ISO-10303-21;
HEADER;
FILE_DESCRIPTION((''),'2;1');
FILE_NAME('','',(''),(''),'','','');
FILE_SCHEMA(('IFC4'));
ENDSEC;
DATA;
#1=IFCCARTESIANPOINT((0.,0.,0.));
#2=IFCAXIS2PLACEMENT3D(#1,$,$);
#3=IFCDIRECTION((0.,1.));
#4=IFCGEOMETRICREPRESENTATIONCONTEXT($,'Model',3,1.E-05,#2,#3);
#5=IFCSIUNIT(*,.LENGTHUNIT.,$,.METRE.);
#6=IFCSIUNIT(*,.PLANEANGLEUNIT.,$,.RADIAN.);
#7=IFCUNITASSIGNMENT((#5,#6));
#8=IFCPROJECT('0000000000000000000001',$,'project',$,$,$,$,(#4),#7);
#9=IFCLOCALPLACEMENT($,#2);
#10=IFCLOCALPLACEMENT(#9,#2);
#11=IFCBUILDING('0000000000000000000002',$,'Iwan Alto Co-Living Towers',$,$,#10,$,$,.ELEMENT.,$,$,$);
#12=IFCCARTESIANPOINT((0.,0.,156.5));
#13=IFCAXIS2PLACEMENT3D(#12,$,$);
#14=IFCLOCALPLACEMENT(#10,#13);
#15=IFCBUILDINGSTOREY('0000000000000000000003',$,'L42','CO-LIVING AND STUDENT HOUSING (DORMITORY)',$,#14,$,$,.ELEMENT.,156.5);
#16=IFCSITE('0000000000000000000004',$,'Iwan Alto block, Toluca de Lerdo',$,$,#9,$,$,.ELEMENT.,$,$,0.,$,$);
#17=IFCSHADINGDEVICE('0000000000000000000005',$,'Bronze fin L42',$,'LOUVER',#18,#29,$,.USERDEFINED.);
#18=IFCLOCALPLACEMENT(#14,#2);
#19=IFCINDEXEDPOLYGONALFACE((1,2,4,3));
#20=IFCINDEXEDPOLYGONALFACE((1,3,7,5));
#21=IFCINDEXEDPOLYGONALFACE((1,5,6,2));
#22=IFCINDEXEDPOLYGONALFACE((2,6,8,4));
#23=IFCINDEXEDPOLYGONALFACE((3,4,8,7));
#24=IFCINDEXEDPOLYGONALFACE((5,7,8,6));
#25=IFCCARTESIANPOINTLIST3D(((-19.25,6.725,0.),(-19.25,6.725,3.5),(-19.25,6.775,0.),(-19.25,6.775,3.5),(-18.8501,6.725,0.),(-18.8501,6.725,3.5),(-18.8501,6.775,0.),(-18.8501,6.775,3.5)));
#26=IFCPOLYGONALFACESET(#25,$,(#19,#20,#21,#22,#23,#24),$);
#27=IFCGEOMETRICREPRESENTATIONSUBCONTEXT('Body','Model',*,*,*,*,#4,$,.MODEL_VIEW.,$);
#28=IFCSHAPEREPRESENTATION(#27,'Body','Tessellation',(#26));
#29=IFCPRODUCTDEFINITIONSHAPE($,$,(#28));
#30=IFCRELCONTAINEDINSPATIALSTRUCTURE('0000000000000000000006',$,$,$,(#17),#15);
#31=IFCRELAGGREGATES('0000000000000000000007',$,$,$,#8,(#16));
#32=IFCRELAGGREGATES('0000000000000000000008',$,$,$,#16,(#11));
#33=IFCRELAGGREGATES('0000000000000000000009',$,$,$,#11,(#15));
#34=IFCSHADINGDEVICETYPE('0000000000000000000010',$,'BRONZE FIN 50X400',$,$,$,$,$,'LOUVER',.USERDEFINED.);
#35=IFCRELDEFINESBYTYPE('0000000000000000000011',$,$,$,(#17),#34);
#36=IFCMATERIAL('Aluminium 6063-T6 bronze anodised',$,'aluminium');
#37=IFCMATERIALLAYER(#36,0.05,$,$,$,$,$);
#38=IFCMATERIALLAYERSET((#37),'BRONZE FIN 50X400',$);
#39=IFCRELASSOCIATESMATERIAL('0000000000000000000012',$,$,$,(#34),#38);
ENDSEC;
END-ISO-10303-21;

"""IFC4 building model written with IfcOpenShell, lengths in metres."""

from ifc_helpers import new_model, si_unit, direction, frame, origin, origin_2d, place, context, subcontext, project, spatial, rectangle, extrude, material, layer, layer_set, type_object, element, save


model = new_model("IFC4")

# Units and contexts
model_context = context("Model", 3, precision=1e-05, world=origin(), true_north=direction((0.0, 1.0)))
body_context = subcontext(model_context, "Body", "Model", "MODEL_VIEW")
ifc_project = project(units=[si_unit("LENGTHUNIT", "METRE"), si_unit("PLANEANGLEUNIT", "RADIAN")], contexts=[model_context])

# Site, building, storey
site_placement = place(None, origin())
site = spatial("IfcSite", under=ifc_project, at=site_placement, Name="Iwan Alto block, Toluca de Lerdo", CompositionType="ELEMENT", RefElevation=0.0)
building_placement = place(site_placement, origin())
building = spatial("IfcBuilding", under=site, at=building_placement, Name="Iwan Alto Co-Living Towers", CompositionType="ELEMENT")
storey_placement = place(building_placement, frame((0.0, 0.0, 156.5)))
storey = spatial("IfcBuildingStorey", under=building, at=storey_placement, Name="L42", Description="CO-LIVING AND STUDENT HOUSING (DORMITORY)", CompositionType="ELEMENT", Elevation=156.5)

# Shading device
ifc_material_1 = material(Name="Aluminium 6063-T6 bronze anodised", Category="aluminium")
ifc_layer_1 = layer(ifc_material_1, 0.05)
ifc_layer_set_1 = layer_set([ifc_layer_1], Name="BRONZE FIN 50X400")
shading_device_type = type_object("IfcShadingDeviceType", Name="BRONZE FIN 50X400", ElementType="LOUVER", PredefinedType="USERDEFINED", material=ifc_layer_set_1)
shading_device_placement = place(storey_placement, frame((-19.05, 6.75, 0.0), z_axis=(0.0, 0.0, 1.0), x_axis=(0.0, -1.0, 0.0)))
element("IfcShadingDevice", 1, at=shading_device_placement, inside=storey, type_object=shading_device_type, Name="Bronze fin L42", ObjectType="LOUVER", PredefinedType="USERDEFINED", context=body_context, shape_type="SweptSolid", body=[
    extrude(rectangle(XDim=0.05, YDim=0.3999, at=origin_2d()), origin(), (0.0, 0.0, 1.0), 3.5),
])

save(model, "model.ifc")
